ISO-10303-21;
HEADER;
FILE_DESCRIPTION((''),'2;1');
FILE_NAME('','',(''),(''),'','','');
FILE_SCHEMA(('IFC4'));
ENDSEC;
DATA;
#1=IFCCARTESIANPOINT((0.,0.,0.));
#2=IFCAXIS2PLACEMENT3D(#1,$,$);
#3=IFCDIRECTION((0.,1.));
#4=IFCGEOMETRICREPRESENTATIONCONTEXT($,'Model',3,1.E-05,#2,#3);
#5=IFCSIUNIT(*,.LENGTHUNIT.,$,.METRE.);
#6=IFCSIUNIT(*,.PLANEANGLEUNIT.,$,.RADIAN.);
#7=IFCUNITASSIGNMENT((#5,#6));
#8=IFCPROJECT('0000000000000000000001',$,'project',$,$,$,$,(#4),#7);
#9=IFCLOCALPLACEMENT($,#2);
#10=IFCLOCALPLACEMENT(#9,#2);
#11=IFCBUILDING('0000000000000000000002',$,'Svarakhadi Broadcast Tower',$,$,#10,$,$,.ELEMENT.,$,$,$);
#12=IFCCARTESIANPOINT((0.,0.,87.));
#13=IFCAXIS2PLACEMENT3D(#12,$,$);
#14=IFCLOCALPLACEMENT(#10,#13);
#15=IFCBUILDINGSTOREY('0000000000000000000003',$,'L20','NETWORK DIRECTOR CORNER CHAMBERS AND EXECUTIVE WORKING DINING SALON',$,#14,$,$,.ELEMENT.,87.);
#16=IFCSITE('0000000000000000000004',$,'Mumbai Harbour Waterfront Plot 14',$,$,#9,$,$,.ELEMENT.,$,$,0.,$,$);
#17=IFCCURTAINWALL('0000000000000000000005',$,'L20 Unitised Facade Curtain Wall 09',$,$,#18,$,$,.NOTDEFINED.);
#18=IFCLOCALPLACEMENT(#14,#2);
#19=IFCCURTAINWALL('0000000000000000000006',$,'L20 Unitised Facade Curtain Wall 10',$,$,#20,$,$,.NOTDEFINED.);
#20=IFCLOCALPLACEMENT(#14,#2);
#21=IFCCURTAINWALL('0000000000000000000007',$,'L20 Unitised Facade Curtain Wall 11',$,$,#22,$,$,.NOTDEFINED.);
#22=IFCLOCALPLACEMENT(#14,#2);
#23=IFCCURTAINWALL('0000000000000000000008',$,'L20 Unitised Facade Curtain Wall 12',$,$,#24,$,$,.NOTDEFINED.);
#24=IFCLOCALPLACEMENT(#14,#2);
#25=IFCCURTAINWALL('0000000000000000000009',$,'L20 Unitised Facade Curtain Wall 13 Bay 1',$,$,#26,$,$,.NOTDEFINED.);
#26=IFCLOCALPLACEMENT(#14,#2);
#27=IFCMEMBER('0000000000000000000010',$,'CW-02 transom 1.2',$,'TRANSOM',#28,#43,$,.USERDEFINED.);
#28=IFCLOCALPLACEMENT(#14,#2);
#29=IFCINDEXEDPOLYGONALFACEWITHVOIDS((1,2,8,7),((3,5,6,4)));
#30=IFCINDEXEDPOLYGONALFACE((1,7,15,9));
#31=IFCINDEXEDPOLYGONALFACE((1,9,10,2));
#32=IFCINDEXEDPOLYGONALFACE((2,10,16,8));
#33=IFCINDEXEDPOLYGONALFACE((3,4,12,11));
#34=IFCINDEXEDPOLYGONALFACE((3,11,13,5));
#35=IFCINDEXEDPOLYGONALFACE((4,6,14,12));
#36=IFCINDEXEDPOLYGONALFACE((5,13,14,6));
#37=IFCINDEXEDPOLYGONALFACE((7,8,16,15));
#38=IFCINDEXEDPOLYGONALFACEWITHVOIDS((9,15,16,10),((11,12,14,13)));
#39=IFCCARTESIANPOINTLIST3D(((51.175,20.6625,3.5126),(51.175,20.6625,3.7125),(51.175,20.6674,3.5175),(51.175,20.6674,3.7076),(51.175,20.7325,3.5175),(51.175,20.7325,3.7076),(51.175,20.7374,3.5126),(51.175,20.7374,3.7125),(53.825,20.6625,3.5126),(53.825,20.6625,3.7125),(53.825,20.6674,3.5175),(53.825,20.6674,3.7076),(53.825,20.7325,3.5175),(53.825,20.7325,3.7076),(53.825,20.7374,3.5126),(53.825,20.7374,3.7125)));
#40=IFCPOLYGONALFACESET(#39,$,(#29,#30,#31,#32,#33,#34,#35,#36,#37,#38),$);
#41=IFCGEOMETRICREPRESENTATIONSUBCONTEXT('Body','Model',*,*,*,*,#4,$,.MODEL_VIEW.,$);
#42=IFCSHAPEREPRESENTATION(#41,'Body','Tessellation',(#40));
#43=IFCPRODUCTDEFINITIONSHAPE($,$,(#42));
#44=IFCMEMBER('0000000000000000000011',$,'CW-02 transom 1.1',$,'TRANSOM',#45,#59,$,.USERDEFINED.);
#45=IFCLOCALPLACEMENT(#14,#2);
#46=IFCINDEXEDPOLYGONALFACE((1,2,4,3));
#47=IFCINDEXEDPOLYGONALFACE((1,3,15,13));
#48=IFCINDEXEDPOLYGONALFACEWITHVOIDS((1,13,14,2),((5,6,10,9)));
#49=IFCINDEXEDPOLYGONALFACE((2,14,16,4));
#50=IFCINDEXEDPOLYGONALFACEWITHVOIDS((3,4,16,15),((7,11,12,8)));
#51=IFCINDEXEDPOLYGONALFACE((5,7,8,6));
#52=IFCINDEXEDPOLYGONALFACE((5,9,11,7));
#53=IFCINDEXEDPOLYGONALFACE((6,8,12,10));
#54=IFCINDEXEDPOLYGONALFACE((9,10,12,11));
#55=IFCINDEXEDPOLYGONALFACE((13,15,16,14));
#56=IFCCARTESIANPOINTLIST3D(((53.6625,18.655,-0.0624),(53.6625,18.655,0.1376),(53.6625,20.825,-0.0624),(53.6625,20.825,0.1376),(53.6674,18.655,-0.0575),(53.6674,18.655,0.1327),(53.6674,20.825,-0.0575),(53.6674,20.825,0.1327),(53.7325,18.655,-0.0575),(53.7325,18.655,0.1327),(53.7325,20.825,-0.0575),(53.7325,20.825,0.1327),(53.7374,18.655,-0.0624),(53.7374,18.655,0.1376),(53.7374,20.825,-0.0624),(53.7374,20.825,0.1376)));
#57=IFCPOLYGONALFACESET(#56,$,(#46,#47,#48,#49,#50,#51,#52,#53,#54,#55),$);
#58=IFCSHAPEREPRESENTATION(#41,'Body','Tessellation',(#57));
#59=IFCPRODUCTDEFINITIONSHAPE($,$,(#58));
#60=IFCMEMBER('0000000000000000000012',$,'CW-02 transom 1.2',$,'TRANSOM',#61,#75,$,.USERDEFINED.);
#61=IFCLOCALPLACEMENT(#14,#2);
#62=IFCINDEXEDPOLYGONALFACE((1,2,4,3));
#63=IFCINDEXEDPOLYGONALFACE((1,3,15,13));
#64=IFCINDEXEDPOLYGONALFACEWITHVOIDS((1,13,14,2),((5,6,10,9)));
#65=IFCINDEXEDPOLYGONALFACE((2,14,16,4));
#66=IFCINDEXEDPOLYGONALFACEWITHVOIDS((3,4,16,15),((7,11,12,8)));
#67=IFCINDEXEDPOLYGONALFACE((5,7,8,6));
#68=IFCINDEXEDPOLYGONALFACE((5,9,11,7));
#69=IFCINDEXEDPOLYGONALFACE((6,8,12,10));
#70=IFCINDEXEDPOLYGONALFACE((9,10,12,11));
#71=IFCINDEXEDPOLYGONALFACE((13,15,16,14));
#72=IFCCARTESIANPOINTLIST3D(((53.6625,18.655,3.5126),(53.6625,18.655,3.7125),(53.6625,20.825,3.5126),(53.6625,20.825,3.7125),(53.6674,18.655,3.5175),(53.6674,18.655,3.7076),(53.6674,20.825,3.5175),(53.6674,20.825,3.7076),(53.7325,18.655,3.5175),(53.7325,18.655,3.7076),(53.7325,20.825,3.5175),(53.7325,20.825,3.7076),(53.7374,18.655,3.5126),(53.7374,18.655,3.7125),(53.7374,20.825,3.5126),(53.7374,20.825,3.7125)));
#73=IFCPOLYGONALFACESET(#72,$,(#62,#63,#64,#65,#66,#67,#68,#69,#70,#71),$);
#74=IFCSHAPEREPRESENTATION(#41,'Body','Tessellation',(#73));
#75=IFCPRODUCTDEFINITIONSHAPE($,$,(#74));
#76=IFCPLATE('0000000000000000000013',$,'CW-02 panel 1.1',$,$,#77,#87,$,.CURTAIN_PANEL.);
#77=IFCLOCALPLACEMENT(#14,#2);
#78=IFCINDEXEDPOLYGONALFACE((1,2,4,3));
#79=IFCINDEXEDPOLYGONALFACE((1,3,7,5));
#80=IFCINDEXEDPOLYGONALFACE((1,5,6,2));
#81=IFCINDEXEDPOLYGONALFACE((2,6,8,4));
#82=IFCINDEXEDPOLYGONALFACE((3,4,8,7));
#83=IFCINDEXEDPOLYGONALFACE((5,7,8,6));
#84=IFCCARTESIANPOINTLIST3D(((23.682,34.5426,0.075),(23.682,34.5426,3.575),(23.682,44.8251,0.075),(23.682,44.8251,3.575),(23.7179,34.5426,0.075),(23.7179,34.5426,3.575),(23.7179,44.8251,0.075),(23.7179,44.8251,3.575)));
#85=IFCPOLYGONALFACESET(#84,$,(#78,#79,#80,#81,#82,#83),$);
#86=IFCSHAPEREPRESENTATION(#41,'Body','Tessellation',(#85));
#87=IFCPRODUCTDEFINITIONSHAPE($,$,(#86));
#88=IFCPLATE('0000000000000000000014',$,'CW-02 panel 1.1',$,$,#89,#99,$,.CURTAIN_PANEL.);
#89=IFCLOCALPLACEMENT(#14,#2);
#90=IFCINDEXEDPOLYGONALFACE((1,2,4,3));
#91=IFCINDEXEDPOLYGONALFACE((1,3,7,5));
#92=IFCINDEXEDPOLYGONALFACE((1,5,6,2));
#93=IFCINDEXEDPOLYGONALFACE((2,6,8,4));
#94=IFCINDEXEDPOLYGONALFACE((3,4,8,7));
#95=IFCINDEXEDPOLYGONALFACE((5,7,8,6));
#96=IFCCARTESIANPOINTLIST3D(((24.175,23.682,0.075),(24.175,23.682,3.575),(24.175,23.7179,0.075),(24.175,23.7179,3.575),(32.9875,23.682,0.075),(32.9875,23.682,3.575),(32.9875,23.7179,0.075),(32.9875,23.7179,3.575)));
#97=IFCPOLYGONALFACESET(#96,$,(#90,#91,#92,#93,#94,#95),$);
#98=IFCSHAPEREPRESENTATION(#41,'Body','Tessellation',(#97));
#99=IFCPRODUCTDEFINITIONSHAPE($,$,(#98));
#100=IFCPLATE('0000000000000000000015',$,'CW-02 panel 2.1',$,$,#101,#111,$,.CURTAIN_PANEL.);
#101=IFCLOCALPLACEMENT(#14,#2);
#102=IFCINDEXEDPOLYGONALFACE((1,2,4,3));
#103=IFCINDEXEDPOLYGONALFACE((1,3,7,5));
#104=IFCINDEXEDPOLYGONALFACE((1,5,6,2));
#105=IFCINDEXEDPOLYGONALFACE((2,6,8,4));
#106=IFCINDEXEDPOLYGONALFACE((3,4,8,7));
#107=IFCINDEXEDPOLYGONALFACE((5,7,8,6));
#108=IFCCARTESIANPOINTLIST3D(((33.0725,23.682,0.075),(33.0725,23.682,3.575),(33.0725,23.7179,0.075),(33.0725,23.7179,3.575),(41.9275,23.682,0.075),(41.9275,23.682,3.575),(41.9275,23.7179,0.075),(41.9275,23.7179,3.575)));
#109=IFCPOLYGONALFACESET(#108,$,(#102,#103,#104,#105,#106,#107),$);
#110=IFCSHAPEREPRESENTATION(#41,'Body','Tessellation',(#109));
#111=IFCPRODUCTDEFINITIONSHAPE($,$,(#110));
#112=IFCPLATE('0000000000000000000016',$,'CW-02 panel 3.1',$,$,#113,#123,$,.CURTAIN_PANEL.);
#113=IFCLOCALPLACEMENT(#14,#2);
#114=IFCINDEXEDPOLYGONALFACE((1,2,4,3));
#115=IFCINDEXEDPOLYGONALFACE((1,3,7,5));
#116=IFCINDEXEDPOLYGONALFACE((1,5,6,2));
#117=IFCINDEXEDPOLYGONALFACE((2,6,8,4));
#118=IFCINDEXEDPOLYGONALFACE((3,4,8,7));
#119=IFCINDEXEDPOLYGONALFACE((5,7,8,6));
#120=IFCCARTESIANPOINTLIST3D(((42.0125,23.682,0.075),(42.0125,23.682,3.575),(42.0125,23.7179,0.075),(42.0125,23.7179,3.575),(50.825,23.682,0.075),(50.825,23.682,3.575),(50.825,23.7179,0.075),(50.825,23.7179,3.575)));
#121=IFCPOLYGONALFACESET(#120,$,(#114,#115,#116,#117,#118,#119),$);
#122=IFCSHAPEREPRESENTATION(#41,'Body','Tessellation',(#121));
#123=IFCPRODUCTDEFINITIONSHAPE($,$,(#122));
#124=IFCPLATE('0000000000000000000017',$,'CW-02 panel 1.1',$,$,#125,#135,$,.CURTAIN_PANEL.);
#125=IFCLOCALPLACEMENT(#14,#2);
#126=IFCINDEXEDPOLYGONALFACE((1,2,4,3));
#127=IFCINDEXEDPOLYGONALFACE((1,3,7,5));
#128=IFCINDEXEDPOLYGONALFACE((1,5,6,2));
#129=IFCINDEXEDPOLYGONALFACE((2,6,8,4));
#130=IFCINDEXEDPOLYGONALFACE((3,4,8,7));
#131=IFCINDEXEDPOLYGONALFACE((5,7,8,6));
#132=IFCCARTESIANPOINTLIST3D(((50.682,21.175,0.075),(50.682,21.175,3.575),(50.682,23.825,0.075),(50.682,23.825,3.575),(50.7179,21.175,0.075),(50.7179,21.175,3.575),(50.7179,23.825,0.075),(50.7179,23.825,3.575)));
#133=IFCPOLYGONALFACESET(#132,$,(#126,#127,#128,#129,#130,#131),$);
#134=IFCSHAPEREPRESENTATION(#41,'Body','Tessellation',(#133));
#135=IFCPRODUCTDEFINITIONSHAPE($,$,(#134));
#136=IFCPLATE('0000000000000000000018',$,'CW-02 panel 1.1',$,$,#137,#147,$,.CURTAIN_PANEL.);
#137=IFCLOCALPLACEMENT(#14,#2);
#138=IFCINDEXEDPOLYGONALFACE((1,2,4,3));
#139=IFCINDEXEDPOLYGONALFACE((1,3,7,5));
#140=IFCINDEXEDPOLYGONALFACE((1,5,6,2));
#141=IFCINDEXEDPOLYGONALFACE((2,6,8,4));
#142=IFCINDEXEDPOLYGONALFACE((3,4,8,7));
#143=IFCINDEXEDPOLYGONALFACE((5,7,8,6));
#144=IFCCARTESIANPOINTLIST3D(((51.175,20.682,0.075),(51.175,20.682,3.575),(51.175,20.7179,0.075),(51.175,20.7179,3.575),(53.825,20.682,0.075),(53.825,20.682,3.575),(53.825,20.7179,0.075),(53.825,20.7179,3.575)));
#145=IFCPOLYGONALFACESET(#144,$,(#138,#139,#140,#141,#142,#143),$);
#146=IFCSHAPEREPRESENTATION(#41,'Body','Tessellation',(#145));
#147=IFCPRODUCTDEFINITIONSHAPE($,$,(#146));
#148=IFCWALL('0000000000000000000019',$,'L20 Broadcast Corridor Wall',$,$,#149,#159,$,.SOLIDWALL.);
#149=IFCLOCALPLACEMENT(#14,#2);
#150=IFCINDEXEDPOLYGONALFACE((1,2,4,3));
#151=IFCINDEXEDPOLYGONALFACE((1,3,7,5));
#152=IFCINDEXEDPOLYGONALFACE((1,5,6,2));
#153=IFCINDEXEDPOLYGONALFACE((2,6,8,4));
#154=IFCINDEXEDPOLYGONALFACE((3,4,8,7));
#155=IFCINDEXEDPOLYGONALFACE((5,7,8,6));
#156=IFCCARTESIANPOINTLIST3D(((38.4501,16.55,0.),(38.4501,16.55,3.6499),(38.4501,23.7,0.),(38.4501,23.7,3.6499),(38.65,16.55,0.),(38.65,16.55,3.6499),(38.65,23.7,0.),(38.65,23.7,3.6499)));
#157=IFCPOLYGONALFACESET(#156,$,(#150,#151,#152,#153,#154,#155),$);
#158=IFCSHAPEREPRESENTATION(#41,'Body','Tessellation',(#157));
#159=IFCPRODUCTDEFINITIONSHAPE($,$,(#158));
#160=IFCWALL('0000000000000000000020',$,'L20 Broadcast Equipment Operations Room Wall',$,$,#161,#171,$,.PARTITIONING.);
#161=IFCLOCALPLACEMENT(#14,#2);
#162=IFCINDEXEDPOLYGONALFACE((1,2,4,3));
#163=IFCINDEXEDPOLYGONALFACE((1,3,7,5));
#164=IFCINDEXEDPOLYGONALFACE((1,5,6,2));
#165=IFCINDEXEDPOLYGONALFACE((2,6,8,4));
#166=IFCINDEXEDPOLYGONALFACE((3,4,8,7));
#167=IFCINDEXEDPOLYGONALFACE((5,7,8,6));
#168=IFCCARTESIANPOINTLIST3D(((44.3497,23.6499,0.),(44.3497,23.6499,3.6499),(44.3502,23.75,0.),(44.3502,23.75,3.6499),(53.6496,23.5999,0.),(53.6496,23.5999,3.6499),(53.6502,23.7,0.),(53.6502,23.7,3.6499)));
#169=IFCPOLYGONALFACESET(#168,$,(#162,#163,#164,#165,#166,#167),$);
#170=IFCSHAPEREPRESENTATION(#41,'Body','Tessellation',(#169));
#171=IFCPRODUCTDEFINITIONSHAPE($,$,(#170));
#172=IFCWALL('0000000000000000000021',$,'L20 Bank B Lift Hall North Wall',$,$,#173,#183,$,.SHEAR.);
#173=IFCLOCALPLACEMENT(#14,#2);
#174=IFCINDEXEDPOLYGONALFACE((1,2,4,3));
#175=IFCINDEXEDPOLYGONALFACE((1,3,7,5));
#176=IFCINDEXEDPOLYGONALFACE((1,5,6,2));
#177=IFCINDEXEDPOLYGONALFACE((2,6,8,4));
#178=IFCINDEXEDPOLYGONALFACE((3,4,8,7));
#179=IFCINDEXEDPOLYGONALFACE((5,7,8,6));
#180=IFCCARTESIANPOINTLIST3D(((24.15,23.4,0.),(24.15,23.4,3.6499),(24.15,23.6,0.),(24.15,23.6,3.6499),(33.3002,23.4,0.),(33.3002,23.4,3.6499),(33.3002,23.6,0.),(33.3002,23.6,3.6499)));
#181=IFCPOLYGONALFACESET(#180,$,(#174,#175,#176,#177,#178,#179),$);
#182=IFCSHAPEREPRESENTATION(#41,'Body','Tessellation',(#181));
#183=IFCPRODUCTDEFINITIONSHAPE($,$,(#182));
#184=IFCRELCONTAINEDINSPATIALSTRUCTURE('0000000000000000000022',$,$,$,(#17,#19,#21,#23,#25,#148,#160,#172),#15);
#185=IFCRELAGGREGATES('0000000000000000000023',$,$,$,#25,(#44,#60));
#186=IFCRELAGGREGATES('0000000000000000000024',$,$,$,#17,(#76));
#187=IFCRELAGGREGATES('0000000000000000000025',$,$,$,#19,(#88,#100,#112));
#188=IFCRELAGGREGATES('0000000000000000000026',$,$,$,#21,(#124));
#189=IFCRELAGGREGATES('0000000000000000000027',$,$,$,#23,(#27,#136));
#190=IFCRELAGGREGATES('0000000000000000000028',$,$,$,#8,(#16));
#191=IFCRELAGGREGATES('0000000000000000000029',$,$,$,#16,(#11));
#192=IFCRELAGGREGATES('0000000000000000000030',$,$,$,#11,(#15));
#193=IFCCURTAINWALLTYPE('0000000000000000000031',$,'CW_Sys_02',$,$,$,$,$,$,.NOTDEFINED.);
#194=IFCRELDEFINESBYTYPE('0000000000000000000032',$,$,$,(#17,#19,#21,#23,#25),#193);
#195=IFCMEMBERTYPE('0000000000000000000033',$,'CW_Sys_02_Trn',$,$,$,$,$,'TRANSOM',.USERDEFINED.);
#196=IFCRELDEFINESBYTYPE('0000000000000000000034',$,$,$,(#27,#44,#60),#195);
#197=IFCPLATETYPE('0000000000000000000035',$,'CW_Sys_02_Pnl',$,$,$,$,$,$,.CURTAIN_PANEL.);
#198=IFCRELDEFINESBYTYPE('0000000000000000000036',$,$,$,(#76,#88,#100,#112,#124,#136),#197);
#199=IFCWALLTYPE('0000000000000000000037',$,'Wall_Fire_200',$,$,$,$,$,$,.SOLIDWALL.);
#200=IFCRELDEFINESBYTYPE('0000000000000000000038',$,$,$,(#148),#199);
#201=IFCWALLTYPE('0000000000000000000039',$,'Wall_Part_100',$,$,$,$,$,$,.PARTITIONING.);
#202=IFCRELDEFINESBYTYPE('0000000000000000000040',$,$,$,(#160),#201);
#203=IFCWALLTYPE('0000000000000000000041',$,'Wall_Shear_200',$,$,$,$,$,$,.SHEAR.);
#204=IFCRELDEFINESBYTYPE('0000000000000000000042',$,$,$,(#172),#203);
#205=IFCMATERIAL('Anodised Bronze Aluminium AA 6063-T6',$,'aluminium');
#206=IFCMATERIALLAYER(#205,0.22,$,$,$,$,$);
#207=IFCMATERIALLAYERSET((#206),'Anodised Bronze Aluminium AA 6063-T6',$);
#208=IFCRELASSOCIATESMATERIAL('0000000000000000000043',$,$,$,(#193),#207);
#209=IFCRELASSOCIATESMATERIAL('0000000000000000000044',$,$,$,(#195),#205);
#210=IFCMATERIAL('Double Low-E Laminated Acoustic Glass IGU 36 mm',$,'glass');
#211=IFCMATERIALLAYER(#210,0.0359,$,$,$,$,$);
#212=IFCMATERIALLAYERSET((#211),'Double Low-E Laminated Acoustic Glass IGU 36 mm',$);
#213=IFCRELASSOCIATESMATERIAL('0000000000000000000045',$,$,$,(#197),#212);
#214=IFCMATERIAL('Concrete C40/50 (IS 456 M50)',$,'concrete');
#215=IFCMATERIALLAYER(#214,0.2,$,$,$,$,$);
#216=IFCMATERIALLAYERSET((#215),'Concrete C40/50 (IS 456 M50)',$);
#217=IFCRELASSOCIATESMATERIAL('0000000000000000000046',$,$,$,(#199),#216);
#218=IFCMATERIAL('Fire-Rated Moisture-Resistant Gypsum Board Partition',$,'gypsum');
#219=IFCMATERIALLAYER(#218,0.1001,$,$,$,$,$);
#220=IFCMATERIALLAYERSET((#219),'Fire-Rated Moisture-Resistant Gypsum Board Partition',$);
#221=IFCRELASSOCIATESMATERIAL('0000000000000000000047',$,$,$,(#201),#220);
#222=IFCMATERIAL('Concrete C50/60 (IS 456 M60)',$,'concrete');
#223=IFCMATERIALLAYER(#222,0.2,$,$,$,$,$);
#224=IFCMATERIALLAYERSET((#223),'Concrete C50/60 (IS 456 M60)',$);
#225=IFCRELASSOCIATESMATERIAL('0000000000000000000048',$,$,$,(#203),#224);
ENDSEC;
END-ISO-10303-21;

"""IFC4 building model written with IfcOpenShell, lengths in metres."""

from ifc_helpers import new_model, si_unit, direction, frame, frame_2d, origin, origin_2d, place, context, subcontext, project, spatial, rectangle, hollow_rectangle, extrude, material, layer, layer_set, material_profile, profile_set, type_object, element, aggregate, save


model = new_model("IFC4")

# Units and contexts
model_context = context("Model", 3, precision=1e-05, world=origin(), true_north=direction((0.0, 1.0)))
body_context = subcontext(model_context, "Body", "Model", "MODEL_VIEW")
ifc_project = project(units=[si_unit("LENGTHUNIT", "METRE"), si_unit("PLANEANGLEUNIT", "RADIAN")], contexts=[model_context])

# Site, building, storey
site_placement = place(None, origin())
site = spatial("IfcSite", under=ifc_project, at=site_placement, Name="Mumbai Harbour Waterfront Plot 14", CompositionType="ELEMENT", RefElevation=0.0)
building_placement = place(site_placement, origin())
building = spatial("IfcBuilding", under=site, at=building_placement, Name="Svarakhadi Broadcast Tower", CompositionType="ELEMENT")
storey_placement = place(building_placement, frame((0.0, 0.0, 87.0)))
storey = spatial("IfcBuildingStorey", under=building, at=storey_placement, Name="L20", Description="NETWORK DIRECTOR CORNER CHAMBERS AND EXECUTIVE WORKING DINING SALON", CompositionType="ELEMENT", Elevation=87.0)

# Curtain wall
ifc_material_1 = material(Name="Anodised Bronze Aluminium AA 6063-T6", Category="aluminium")
ifc_layer_1 = layer(ifc_material_1, 0.22)
ifc_layer_set_1 = layer_set([ifc_layer_1], Name="Anodised Bronze Aluminium AA 6063-T6")
curtain_wall_type = type_object("IfcCurtainWallType", Name="CW_Sys_02", PredefinedType="NOTDEFINED", material=ifc_layer_set_1)
curtain_wall_1_placement = place(storey_placement, origin())
curtain_wall_1 = element("IfcCurtainWall", 1, at=curtain_wall_1_placement, inside=storey, type_object=curtain_wall_type, Name="L20 Unitised Facade Curtain Wall 09", PredefinedType="NOTDEFINED")

# Curtain walls
curtain_wall_2_placement = place(storey_placement, origin())
curtain_wall_2 = element("IfcCurtainWall", 2, at=curtain_wall_2_placement, inside=storey, type_object=curtain_wall_type, Name="L20 Unitised Facade Curtain Wall 10", PredefinedType="NOTDEFINED")
curtain_wall_3_placement = place(storey_placement, origin())
curtain_wall_3 = element("IfcCurtainWall", 3, at=curtain_wall_3_placement, inside=storey, type_object=curtain_wall_type, Name="L20 Unitised Facade Curtain Wall 11", PredefinedType="NOTDEFINED")
curtain_wall_4_placement = place(storey_placement, origin())
curtain_wall_4 = element("IfcCurtainWall", 4, at=curtain_wall_4_placement, inside=storey, type_object=curtain_wall_type, Name="L20 Unitised Facade Curtain Wall 12", PredefinedType="NOTDEFINED")

# Curtain wall
curtain_wall_5_placement = place(storey_placement, origin())
curtain_wall_5 = element("IfcCurtainWall", 5, at=curtain_wall_5_placement, inside=storey, type_object=curtain_wall_type, Name="L20 Unitised Facade Curtain Wall 13 Bay 1", PredefinedType="NOTDEFINED")

# Members
ifc_material_profile_1 = material_profile(ifc_material_1, hollow_rectangle(XDim=0.075, YDim=0.2, WallThickness=0.0049, at=origin_2d()), Name="ALU TRANSOM 200x75x5")
ifc_profile_set_1 = profile_set([ifc_material_profile_1], Name="Anodised Bronze Aluminium AA 6063-T6")
member_type_1 = type_object("IfcMemberType", Name="CW_Sys_02_Trn", ElementType="TRANSOM", PredefinedType="USERDEFINED", material=ifc_profile_set_1)
member_1_placement = place(storey_placement, frame((51.175, 20.7, 3.6125), z_axis=(1.0, 0.0, 0.0), x_axis=(0.0, 1.0, 0.0)))
member_1 = element("IfcMember", 6, at=member_1_placement, type_object=member_type_1, Name="CW-02 transom 1.2", ObjectType="TRANSOM", PredefinedType="USERDEFINED", context=body_context, shape_type="SweptSolid", body=[
    extrude(hollow_rectangle(XDim=0.075, YDim=0.2, WallThickness=0.0049, at=origin_2d()), origin(), (0.0, 0.0, 1.0), 2.6499),
])
member_2_placement = place(storey_placement, frame((53.7, 20.825, 0.0376), z_axis=(0.0, -1.0, 0.0), x_axis=(1.0, 0.0, 0.0)))
member_2 = element("IfcMember", 7, at=member_2_placement, type_object=member_type_1, Name="CW-02 transom 1.1", ObjectType="TRANSOM", PredefinedType="USERDEFINED", context=body_context, shape_type="SweptSolid", body=[
    extrude(hollow_rectangle(XDim=0.075, YDim=0.2, WallThickness=0.0049, at=origin_2d()), origin(), (0.0, 0.0, 1.0), 2.1699),
])
member_3_placement = place(storey_placement, frame((53.7, 20.825, 3.6125), z_axis=(0.0, -1.0, 0.0), x_axis=(1.0, 0.0, 0.0)))
member_3 = element("IfcMember", 8, at=member_3_placement, type_object=member_type_1, Name="CW-02 transom 1.2", ObjectType="TRANSOM", PredefinedType="USERDEFINED", context=body_context, shape_type="SweptSolid", body=[
    extrude(hollow_rectangle(XDim=0.075, YDim=0.2, WallThickness=0.0049, at=origin_2d()), origin(), (0.0, 0.0, 1.0), 2.1699),
])
aggregate(curtain_wall_5, [member_2, member_3])

# Plates
ifc_material_2 = material(Name="Double Low-E Laminated Acoustic Glass IGU 36 mm", Category="glass")
ifc_layer_2 = layer(ifc_material_2, 0.0359)
ifc_layer_set_2 = layer_set([ifc_layer_2], Name="Double Low-E Laminated Acoustic Glass IGU 36 mm")
plate_type = type_object("IfcPlateType", Name="CW_Sys_02_Pnl", PredefinedType="CURTAIN_PANEL", material=ifc_layer_set_2)
plate_1_placement = place(storey_placement, frame((23.7, 39.6838, 0.075), z_axis=(0.0, 0.0, 1.0), x_axis=(0.0, -1.0, 0.0)))
plate_1 = element("IfcPlate", 9, at=plate_1_placement, type_object=plate_type, Name="CW-02 panel 1.1", PredefinedType="CURTAIN_PANEL", context=body_context, shape_type="SweptSolid", body=[
    extrude(rectangle(XDim=10.2825, YDim=0.0359, at=origin_2d()), origin(), (0.0, 0.0, 1.0), 3.5),
])
aggregate(curtain_wall_1, [plate_1])
plate_2_placement = place(storey_placement, frame((28.5813, 23.7, 0.075), z_axis=(0.0, 0.0, 1.0), x_axis=(1.0, 0.0, 0.0)))
plate_2 = element("IfcPlate", 10, at=plate_2_placement, type_object=plate_type, Name="CW-02 panel 1.1", PredefinedType="CURTAIN_PANEL", context=body_context, shape_type="SweptSolid", body=[
    extrude(rectangle(XDim=8.8125, YDim=0.0359, at=origin_2d()), origin(), (0.0, 0.0, 1.0), 3.5),
])
plate_3_placement = place(storey_placement, frame((37.5, 23.7, 0.075), z_axis=(0.0, 0.0, 1.0), x_axis=(1.0, 0.0, 0.0)))
plate_3 = element("IfcPlate", 11, at=plate_3_placement, type_object=plate_type, Name="CW-02 panel 2.1", PredefinedType="CURTAIN_PANEL", context=body_context, shape_type="SweptSolid", body=[
    extrude(rectangle(XDim=8.855, YDim=0.0359, at=origin_2d()), origin(), (0.0, 0.0, 1.0), 3.5),
])
plate_4_placement = place(storey_placement, frame((46.4187, 23.7, 0.075), z_axis=(0.0, 0.0, 1.0), x_axis=(1.0, 0.0, 0.0)))
plate_4 = element("IfcPlate", 12, at=plate_4_placement, type_object=plate_type, Name="CW-02 panel 3.1", PredefinedType="CURTAIN_PANEL", context=body_context, shape_type="SweptSolid", body=[
    extrude(rectangle(XDim=8.8125, YDim=0.0359, at=origin_2d()), origin(), (0.0, 0.0, 1.0), 3.5),
])
aggregate(curtain_wall_2, [plate_2, plate_3, plate_4])
plate_5_placement = place(storey_placement, frame((50.7, 22.5, 0.075), z_axis=(0.0, 0.0, 1.0), x_axis=(0.0, -1.0, 0.0)))
plate_5 = element("IfcPlate", 13, at=plate_5_placement, type_object=plate_type, Name="CW-02 panel 1.1", PredefinedType="CURTAIN_PANEL", context=body_context, shape_type="SweptSolid", body=[
    extrude(rectangle(XDim=2.6499, YDim=0.0359, at=origin_2d()), origin(), (0.0, 0.0, 1.0), 3.5),
])
aggregate(curtain_wall_3, [plate_5])
plate_6_placement = place(storey_placement, frame((52.5, 20.7, 0.075), z_axis=(0.0, 0.0, 1.0), x_axis=(1.0, 0.0, 0.0)))
plate_6 = element("IfcPlate", 14, at=plate_6_placement, type_object=plate_type, Name="CW-02 panel 1.1", PredefinedType="CURTAIN_PANEL", context=body_context, shape_type="SweptSolid", body=[
    extrude(rectangle(XDim=2.6499, YDim=0.0359, at=origin_2d()), origin(), (0.0, 0.0, 1.0), 3.5),
])
aggregate(curtain_wall_4, [member_1, plate_6])

# Walls
ifc_material_3 = material(Name="Concrete C40/50 (IS 456 M50)", Category="concrete")
ifc_layer_3 = layer(ifc_material_3, 0.2)
ifc_layer_set_3 = layer_set([ifc_layer_3], Name="Concrete C40/50 (IS 456 M50)")
wall_type_1 = type_object("IfcWallType", Name="Wall_Fire_200", PredefinedType="SOLIDWALL", material=ifc_layer_set_3)
wall_1_placement = place(storey_placement, frame((38.55, 23.7, 0.0), z_axis=(0.0, 0.0, 1.0), x_axis=(0.0, -1.0, 0.0)))
element("IfcWall", 15, at=wall_1_placement, inside=storey, type_object=wall_type_1, Name="L20 Broadcast Corridor Wall", PredefinedType="SOLIDWALL", context=body_context, shape_type="SweptSolid", body=[
    extrude(rectangle(XDim=7.1499, YDim=0.2, at=frame_2d((3.575, 0.0))), origin(), (0.0, 0.0, 1.0), 3.6499),
])
ifc_material_4 = material(Name="Fire-Rated Moisture-Resistant Gypsum Board Partition", Category="gypsum")
ifc_layer_4 = layer(ifc_material_4, 0.1001)
ifc_layer_set_4 = layer_set([ifc_layer_4], Name="Fire-Rated Moisture-Resistant Gypsum Board Partition")
wall_type_2 = type_object("IfcWallType", Name="Wall_Part_100", PredefinedType="PARTITIONING", material=ifc_layer_set_4)
wall_2_placement = place(storey_placement, frame((44.3501, 23.7, 0.0), z_axis=(0.0, 0.0, 1.0), x_axis=(0.999986, -0.005382, 0.0)))
element("IfcWall", 16, at=wall_2_placement, inside=storey, type_object=wall_type_2, Name="L20 Broadcast Equipment Operations Room Wall", PredefinedType="PARTITIONING", context=body_context, shape_type="SweptSolid", body=[
    extrude(rectangle(XDim=9.3, YDim=0.1001, at=frame_2d((4.6499, 0.0))), origin(), (0.0, 0.0, 1.0), 3.6499),
])
ifc_material_5 = material(Name="Concrete C50/60 (IS 456 M60)", Category="concrete")
ifc_layer_5 = layer(ifc_material_5, 0.2)
ifc_layer_set_5 = layer_set([ifc_layer_5], Name="Concrete C50/60 (IS 456 M60)")
wall_type_3 = type_object("IfcWallType", Name="Wall_Shear_200", PredefinedType="SHEAR", material=ifc_layer_set_5)
wall_3_placement = place(storey_placement, frame((24.1499, 23.5, 0.0), z_axis=(0.0, 0.0, 1.0), x_axis=(1.0, 0.0, 0.0)))
element("IfcWall", 17, at=wall_3_placement, inside=storey, type_object=wall_type_3, Name="L20 Bank B Lift Hall North Wall", PredefinedType="SHEAR", context=body_context, shape_type="SweptSolid", body=[
    extrude(rectangle(XDim=9.1501, YDim=0.2, at=frame_2d((4.5752, 0.0))), origin(), (0.0, 0.0, 1.0), 3.6499),
])

save(model, "model.ifc")
